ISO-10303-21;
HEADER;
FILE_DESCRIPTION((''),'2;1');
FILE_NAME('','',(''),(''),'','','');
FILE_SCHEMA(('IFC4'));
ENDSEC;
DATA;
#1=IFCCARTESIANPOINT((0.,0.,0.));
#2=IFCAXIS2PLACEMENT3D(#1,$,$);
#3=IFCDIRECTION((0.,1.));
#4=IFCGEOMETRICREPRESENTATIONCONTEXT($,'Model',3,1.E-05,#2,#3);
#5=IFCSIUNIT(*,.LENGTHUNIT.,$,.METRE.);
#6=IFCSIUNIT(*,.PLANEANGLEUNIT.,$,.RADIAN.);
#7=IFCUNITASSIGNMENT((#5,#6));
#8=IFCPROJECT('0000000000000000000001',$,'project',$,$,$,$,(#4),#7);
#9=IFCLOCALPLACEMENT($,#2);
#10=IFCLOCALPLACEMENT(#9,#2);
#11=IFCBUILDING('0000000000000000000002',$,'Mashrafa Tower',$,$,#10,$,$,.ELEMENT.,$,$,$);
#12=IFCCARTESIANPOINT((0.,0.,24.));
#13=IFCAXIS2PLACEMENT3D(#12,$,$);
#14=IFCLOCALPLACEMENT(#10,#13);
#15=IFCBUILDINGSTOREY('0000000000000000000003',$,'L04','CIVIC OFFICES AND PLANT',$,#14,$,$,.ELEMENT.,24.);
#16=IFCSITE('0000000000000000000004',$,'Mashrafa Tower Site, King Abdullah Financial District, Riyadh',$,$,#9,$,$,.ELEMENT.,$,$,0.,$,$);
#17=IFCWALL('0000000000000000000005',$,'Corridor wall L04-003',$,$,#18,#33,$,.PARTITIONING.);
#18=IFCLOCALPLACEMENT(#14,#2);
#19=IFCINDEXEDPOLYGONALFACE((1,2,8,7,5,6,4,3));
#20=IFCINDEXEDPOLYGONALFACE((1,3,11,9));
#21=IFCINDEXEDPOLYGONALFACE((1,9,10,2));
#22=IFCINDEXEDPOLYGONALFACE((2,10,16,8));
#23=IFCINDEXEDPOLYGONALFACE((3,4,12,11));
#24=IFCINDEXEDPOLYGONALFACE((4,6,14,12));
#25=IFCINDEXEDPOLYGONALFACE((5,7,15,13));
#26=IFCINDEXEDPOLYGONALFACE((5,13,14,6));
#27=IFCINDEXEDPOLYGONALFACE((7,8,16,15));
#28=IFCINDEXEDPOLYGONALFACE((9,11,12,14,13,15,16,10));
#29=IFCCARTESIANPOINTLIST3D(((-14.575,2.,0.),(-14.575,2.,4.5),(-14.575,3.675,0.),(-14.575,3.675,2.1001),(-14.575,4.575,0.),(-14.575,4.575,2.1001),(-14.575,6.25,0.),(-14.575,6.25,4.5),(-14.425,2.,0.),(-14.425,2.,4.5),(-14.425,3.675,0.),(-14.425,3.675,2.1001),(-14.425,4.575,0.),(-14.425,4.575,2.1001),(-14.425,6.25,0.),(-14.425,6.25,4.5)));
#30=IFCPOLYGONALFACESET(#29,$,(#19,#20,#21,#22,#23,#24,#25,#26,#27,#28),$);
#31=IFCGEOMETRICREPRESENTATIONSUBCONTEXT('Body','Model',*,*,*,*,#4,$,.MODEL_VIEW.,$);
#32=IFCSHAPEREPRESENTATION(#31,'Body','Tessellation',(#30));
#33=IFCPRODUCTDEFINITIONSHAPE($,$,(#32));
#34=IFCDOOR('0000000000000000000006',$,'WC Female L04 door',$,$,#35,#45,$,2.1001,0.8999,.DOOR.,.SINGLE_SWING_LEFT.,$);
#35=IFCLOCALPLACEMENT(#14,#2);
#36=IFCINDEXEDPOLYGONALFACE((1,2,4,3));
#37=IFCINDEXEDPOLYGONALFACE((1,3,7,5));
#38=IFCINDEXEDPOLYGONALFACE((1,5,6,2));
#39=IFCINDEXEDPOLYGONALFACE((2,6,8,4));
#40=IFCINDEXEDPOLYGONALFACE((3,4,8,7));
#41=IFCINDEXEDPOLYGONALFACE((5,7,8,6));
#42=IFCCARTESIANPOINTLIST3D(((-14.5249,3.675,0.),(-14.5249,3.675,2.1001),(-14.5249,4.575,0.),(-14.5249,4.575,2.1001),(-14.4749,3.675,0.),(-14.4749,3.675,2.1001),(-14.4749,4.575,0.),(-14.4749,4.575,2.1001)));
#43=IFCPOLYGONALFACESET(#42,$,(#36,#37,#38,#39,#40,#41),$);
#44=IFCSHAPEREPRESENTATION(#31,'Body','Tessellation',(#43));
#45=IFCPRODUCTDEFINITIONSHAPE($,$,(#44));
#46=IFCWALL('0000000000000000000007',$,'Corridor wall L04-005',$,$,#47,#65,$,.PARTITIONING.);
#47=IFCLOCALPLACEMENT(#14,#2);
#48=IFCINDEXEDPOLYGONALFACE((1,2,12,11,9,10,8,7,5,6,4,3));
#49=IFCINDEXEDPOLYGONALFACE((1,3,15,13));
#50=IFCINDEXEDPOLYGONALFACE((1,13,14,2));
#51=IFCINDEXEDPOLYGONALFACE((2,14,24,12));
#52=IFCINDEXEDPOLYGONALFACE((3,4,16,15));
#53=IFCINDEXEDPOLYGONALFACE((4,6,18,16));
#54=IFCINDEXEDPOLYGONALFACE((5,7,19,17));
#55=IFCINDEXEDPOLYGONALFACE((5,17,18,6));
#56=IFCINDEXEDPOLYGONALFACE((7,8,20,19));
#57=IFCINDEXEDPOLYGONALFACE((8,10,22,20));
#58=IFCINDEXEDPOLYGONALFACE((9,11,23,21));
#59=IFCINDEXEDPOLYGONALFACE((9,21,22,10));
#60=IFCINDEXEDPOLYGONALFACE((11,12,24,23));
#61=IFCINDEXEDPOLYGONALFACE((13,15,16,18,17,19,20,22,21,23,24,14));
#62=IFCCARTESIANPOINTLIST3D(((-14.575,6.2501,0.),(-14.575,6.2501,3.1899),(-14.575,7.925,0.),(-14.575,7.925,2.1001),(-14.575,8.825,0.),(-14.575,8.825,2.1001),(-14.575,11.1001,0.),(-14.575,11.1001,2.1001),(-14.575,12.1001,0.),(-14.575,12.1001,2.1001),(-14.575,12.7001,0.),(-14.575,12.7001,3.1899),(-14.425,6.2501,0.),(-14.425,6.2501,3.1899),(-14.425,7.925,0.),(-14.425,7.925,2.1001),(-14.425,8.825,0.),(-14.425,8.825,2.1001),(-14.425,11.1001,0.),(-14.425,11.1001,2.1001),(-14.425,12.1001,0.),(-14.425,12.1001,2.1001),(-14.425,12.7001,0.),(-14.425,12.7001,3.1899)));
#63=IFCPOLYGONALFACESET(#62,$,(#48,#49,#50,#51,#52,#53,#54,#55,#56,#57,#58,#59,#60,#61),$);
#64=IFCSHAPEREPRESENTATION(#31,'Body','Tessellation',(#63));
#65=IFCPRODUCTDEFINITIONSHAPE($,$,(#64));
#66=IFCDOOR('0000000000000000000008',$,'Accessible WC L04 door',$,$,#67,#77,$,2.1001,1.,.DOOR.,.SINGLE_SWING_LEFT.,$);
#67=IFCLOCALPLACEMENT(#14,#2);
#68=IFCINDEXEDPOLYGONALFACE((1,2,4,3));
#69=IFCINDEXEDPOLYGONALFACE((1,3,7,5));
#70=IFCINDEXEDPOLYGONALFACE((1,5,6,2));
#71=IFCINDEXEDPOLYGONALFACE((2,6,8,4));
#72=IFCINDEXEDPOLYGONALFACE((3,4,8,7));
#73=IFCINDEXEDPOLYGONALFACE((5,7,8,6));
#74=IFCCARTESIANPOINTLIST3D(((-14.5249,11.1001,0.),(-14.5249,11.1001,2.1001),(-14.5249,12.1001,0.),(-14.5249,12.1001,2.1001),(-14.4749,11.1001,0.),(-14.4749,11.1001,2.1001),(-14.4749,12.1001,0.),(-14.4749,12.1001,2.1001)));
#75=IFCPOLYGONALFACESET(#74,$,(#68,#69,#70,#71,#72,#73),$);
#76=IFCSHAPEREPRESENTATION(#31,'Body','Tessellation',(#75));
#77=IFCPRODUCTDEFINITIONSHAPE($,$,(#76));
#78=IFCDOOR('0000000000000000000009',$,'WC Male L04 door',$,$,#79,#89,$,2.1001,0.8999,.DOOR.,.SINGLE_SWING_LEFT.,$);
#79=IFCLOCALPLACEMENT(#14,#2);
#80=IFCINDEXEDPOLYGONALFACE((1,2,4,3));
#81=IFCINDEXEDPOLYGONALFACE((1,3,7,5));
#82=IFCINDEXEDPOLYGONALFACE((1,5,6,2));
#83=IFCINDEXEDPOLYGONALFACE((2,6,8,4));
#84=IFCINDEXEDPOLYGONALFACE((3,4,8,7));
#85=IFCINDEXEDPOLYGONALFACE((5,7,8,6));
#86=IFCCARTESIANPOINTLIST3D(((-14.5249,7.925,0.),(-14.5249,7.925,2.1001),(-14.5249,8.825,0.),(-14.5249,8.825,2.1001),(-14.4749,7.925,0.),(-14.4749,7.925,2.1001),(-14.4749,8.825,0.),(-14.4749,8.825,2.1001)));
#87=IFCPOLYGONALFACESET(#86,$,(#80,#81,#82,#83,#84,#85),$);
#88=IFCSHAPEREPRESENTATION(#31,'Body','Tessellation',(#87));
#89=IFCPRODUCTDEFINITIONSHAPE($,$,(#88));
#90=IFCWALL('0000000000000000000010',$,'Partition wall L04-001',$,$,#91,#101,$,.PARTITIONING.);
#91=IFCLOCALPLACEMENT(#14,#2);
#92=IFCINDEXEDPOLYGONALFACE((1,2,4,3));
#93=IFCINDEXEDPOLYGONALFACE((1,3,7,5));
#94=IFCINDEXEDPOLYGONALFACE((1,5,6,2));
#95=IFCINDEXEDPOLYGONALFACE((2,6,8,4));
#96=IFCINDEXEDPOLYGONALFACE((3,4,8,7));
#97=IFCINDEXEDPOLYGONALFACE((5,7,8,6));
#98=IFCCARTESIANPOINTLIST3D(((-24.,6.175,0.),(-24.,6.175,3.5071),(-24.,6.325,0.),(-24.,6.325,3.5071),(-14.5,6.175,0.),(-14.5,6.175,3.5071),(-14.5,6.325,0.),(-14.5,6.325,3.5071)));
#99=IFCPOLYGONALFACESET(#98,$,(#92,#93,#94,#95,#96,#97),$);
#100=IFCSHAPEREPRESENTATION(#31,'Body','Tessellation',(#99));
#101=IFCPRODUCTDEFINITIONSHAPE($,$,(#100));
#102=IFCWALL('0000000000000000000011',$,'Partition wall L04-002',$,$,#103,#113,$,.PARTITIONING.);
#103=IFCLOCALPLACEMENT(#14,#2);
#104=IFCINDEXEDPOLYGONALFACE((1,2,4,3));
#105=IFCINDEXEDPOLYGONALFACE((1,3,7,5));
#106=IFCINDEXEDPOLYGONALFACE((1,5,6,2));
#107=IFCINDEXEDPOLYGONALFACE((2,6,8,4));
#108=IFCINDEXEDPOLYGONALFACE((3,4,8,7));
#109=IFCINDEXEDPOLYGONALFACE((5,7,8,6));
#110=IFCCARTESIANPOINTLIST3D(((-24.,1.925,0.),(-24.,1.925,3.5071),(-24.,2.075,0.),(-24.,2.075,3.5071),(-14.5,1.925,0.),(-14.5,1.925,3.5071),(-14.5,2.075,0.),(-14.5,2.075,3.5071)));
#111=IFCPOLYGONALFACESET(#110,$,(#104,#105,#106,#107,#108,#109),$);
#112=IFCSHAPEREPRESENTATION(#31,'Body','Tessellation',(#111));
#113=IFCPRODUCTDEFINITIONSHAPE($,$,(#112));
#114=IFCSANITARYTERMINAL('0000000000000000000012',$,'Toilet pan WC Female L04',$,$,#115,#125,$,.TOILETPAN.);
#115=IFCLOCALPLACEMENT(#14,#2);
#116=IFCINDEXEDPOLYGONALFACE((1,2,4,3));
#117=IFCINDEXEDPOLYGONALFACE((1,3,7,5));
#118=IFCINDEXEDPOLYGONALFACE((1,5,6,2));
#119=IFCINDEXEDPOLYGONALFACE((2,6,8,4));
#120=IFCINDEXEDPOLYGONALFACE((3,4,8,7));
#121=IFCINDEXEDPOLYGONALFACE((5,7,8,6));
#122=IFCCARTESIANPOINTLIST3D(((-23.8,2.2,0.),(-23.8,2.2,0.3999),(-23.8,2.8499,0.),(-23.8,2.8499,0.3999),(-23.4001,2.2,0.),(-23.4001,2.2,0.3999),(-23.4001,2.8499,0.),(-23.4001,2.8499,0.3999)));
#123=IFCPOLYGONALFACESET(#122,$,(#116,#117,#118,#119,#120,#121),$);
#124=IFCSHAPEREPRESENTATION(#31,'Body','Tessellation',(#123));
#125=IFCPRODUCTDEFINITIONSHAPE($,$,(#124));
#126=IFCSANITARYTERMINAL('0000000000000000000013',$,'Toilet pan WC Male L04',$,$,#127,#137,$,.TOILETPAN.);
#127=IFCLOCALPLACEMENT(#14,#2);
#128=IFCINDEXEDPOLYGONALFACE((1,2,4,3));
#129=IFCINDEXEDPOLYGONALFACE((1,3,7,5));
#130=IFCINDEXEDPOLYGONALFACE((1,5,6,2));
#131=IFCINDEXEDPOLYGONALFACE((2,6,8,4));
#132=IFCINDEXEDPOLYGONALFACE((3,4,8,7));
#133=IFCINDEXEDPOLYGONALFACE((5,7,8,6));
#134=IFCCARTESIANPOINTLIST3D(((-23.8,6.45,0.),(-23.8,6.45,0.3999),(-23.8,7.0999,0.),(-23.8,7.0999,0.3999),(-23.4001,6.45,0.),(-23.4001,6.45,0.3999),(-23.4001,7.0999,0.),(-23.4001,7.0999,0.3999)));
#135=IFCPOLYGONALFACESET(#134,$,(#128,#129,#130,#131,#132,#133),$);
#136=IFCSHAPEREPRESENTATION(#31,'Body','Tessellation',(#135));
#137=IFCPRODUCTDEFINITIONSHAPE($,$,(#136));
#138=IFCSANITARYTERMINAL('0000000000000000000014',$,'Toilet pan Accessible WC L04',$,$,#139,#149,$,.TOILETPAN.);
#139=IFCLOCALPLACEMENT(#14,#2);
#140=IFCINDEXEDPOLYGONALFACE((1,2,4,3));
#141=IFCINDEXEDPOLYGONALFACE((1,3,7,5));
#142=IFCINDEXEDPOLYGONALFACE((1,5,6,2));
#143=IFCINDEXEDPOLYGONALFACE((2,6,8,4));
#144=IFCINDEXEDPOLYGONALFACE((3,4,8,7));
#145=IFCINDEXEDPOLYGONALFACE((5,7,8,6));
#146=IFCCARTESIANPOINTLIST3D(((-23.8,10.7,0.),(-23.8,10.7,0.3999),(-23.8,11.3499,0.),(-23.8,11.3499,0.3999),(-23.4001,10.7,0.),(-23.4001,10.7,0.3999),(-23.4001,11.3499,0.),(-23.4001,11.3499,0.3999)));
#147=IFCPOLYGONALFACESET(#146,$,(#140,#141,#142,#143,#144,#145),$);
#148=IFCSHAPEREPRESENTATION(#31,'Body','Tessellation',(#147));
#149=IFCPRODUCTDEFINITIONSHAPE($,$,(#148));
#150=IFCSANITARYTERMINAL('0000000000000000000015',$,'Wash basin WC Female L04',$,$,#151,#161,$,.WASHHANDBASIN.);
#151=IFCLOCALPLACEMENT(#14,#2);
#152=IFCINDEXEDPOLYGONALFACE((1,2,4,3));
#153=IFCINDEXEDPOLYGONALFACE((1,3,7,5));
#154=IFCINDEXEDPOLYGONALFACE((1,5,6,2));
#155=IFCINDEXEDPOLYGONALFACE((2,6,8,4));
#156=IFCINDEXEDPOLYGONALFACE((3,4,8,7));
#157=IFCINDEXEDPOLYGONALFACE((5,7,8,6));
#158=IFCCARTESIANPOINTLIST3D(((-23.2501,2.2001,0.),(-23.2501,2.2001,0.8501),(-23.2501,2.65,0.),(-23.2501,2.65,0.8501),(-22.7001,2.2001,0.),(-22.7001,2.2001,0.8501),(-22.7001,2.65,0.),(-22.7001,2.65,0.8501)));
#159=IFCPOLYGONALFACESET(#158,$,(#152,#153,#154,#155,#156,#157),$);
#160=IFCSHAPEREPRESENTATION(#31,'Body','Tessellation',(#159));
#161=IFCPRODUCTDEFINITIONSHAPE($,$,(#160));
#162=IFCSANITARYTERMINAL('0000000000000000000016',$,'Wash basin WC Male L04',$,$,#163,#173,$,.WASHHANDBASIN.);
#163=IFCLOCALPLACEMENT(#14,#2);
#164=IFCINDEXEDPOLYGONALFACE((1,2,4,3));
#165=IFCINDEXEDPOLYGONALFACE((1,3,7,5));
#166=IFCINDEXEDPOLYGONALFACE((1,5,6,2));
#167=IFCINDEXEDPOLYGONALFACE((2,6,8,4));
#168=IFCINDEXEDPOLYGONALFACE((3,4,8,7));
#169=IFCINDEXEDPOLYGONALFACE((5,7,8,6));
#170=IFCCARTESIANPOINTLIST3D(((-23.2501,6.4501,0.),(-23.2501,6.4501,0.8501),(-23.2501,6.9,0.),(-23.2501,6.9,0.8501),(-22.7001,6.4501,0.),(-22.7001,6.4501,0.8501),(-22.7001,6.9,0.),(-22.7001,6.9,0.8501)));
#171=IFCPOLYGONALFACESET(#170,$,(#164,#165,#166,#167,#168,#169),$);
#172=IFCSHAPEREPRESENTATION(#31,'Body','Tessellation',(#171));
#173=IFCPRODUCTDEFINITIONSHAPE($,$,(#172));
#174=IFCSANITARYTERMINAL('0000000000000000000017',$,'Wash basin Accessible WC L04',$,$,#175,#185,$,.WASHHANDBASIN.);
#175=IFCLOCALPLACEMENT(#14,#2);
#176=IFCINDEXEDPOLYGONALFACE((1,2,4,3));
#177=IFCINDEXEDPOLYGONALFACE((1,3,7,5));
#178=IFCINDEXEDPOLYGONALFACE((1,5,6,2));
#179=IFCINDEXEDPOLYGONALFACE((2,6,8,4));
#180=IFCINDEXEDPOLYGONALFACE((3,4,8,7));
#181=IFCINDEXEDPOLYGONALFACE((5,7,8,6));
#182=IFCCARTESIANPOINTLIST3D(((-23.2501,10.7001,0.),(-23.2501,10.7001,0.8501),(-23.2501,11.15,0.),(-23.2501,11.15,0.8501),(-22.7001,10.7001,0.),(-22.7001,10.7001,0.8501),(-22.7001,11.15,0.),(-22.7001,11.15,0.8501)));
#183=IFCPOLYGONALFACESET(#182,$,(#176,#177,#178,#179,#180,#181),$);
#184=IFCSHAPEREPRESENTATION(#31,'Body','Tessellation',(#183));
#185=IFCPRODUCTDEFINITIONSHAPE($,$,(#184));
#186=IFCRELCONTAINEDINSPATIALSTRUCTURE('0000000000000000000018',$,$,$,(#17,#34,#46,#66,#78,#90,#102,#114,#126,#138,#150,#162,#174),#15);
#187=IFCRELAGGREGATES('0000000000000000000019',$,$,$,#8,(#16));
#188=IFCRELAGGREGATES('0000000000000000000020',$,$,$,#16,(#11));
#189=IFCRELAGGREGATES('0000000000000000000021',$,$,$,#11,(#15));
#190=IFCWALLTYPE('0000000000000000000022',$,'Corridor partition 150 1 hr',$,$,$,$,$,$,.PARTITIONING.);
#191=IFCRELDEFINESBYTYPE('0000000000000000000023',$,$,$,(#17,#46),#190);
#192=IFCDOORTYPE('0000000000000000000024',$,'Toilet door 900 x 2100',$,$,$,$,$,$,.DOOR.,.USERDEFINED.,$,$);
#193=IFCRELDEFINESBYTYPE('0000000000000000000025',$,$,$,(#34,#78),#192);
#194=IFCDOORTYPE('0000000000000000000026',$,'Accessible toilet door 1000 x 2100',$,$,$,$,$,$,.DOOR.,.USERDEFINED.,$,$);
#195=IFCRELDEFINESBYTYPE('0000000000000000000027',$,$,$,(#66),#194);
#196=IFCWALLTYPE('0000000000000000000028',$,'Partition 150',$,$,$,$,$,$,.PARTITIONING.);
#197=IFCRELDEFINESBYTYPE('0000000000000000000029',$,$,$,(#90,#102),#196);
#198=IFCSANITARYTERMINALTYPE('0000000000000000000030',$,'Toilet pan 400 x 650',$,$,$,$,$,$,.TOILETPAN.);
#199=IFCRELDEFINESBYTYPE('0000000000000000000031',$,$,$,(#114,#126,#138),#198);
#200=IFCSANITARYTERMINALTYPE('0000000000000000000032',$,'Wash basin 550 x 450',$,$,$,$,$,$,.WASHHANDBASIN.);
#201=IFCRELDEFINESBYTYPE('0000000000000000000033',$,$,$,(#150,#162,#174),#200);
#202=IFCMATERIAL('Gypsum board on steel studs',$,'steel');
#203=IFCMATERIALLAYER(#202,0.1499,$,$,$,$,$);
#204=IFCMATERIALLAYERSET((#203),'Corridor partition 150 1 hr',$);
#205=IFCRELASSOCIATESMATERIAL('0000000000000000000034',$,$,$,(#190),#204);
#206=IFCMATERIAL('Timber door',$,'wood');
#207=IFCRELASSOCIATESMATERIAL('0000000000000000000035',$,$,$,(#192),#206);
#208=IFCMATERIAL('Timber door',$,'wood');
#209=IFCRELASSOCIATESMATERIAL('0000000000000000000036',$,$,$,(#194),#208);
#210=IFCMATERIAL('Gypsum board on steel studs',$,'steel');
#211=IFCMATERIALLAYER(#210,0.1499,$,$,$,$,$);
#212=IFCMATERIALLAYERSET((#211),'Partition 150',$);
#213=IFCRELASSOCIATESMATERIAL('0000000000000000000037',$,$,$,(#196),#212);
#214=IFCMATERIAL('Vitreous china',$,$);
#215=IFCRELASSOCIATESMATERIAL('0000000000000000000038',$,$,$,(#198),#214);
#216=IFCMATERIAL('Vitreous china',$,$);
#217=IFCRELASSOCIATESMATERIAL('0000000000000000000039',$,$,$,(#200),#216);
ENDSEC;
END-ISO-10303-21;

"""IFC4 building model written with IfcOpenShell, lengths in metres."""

from ifc_helpers import new_model, si_unit, direction, frame, frame_2d, origin, origin_2d, place, context, subcontext, project, spatial, rectangle, extrude, material, layer, layer_set, type_object, element, fill, save


model = new_model("IFC4")

# Units and contexts
model_context = context("Model", 3, precision=1e-05, world=origin(), true_north=direction((0.0, 1.0)))
body_context = subcontext(model_context, "Body", "Model", "MODEL_VIEW")
ifc_project = project(units=[si_unit("LENGTHUNIT", "METRE"), si_unit("PLANEANGLEUNIT", "RADIAN")], contexts=[model_context])

# Site, building, storey
site_placement = place(None, origin())
site = spatial("IfcSite", under=ifc_project, at=site_placement, Name="Mashrafa Tower Site, King Abdullah Financial District, Riyadh", CompositionType="ELEMENT", RefElevation=0.0)
building_placement = place(site_placement, origin())
building = spatial("IfcBuilding", under=site, at=building_placement, Name="Mashrafa Tower", CompositionType="ELEMENT")
storey_placement = place(building_placement, frame((0.0, 0.0, 24.0)))
storey = spatial("IfcBuildingStorey", under=building, at=storey_placement, Name="L04", Description="CIVIC OFFICES AND PLANT", CompositionType="ELEMENT", Elevation=24.0)

# Wall, opening, door
ifc_material_1 = material(Name="Gypsum board on steel studs", Category="steel")
ifc_layer_1 = layer(ifc_material_1, 0.1499)
ifc_layer_set_1 = layer_set([ifc_layer_1], Name="Corridor partition 150 1 hr")
wall_type_1 = type_object("IfcWallType", Name="Corridor partition 150 1 hr", PredefinedType="PARTITIONING", material=ifc_layer_set_1)
wall_1_placement = place(storey_placement, frame((-14.5, 2.0, 0.0), z_axis=(0.0, 0.0, 1.0), x_axis=(0.0, 1.0, 0.0)))
wall_1 = element("IfcWall", 1, at=wall_1_placement, inside=storey, type_object=wall_type_1, Name="Corridor wall L04-003", PredefinedType="PARTITIONING", context=body_context, shape_type="SweptSolid", body=[
    extrude(rectangle(XDim=4.25, YDim=0.1499, at=frame_2d((2.125, 0.0))), origin(), (0.0, 0.0, 1.0), 4.5),
])
opening_1_placement = place(wall_1_placement, frame((1.675, 0.0, 0.0)))
opening_1 = element("IfcOpeningElement", 2, at=opening_1_placement, cuts=wall_1, PredefinedType="OPENING", context=body_context, shape_type="SweptSolid", body=[
    extrude(rectangle(XDim=0.8999, YDim=2.1001, at=frame_2d((0.45, 1.05))), frame((0.0, 0.085, 0.0), z_axis=(0.0, -1.0, 0.0), x_axis=(1.0, 0.0, 0.0)), (0.0, 0.0, 1.0), 0.1699),
])
ifc_material_2 = material(Name="Timber door", Category="wood")
door_type_1 = type_object("IfcDoorType", Name="Toilet door 900 x 2100", OperationType="USERDEFINED", PredefinedType="DOOR", material=ifc_material_2)
door_1_placement = place(opening_1_placement, origin())
door_1 = element("IfcDoor", 3, at=door_1_placement, inside=storey, type_object=door_type_1, Name="WC Female L04 door", OperationType="SINGLE_SWING_LEFT", OverallHeight=2.1001, OverallWidth=0.8999, PredefinedType="DOOR", context=body_context, shape_type="SweptSolid", body=[
    extrude(rectangle(XDim=0.8999, YDim=2.1001, at=frame_2d((0.45, 1.05))), frame((0.0, 0.0249, 0.0), z_axis=(0.0, -1.0, 0.0), x_axis=(1.0, 0.0, 0.0)), (0.0, 0.0, 1.0), 0.05),
])
fill(opening_1, door_1)

# Wall, openings, doors
wall_2_placement = place(storey_placement, frame((-14.5, 6.25, 0.0), z_axis=(0.0, 0.0, 1.0), x_axis=(0.0, 1.0, 0.0)))
wall_2 = element("IfcWall", 4, at=wall_2_placement, inside=storey, type_object=wall_type_1, Name="Corridor wall L04-005", PredefinedType="PARTITIONING", context=body_context, shape_type="SweptSolid", body=[
    extrude(rectangle(XDim=6.45, YDim=0.1499, at=frame_2d((3.2251, 0.0))), origin(), (0.0, 0.0, 1.0), 3.1899),
])
opening_2_placement = place(wall_2_placement, frame((1.675, 0.0, 0.0)))
opening_2 = element("IfcOpeningElement", 5, at=opening_2_placement, cuts=wall_2, PredefinedType="OPENING", context=body_context, shape_type="SweptSolid", body=[
    extrude(rectangle(XDim=0.8999, YDim=2.1001, at=frame_2d((0.45, 1.05))), frame((0.0, 0.085, 0.0), z_axis=(0.0, -1.0, 0.0), x_axis=(1.0, 0.0, 0.0)), (0.0, 0.0, 1.0), 0.1699),
])
opening_3_placement = place(wall_2_placement, frame((4.8501, 0.0, 0.0)))
opening_3 = element("IfcOpeningElement", 6, at=opening_3_placement, cuts=wall_2, PredefinedType="OPENING", context=body_context, shape_type="SweptSolid", body=[
    extrude(rectangle(XDim=1.0, YDim=2.1001, at=frame_2d((0.5, 1.05))), frame((0.0, 0.085, 0.0), z_axis=(0.0, -1.0, 0.0), x_axis=(1.0, 0.0, 0.0)), (0.0, 0.0, 1.0), 0.1699),
])
ifc_material_3 = material(Name="Timber door", Category="wood")
door_type_2 = type_object("IfcDoorType", Name="Accessible toilet door 1000 x 2100", OperationType="USERDEFINED", PredefinedType="DOOR", material=ifc_material_3)
door_2_placement = place(opening_3_placement, origin())
door_2 = element("IfcDoor", 7, at=door_2_placement, inside=storey, type_object=door_type_2, Name="Accessible WC L04 door", OperationType="SINGLE_SWING_LEFT", OverallHeight=2.1001, OverallWidth=1.0, PredefinedType="DOOR", context=body_context, shape_type="SweptSolid", body=[
    extrude(rectangle(XDim=1.0, YDim=2.1001, at=frame_2d((0.5, 1.05))), frame((0.0, 0.0249, 0.0), z_axis=(0.0, -1.0, 0.0), x_axis=(1.0, 0.0, 0.0)), (0.0, 0.0, 1.0), 0.05),
])
fill(opening_3, door_2)
door_3_placement = place(opening_2_placement, origin())
door_3 = element("IfcDoor", 8, at=door_3_placement, inside=storey, type_object=door_type_1, Name="WC Male L04 door", OperationType="SINGLE_SWING_LEFT", OverallHeight=2.1001, OverallWidth=0.8999, PredefinedType="DOOR", context=body_context, shape_type="SweptSolid", body=[
    extrude(rectangle(XDim=0.8999, YDim=2.1001, at=frame_2d((0.45, 1.05))), frame((0.0, 0.0249, 0.0), z_axis=(0.0, -1.0, 0.0), x_axis=(1.0, 0.0, 0.0)), (0.0, 0.0, 1.0), 0.05),
])
fill(opening_2, door_3)

# Walls
ifc_material_4 = material(Name="Gypsum board on steel studs", Category="steel")
ifc_layer_2 = layer(ifc_material_4, 0.1499)
ifc_layer_set_2 = layer_set([ifc_layer_2], Name="Partition 150")
wall_type_2 = type_object("IfcWallType", Name="Partition 150", PredefinedType="PARTITIONING", material=ifc_layer_set_2)
for number, where, z_axis, x_axis, name in (
    (9, (-14.5, 6.25, 0.0), (0.0, 0.0, 1.0), (-1.0, 0.0, 0.0), "Partition wall L04-001"),
    (10, (-24.0, 2.0, 0.0), (0.0, 0.0, 1.0), (1.0, 0.0, 0.0), "Partition wall L04-002"),
):
    element("IfcWall", number, at=place(storey_placement, frame(where, z_axis=z_axis, x_axis=x_axis)), inside=storey, type_object=wall_type_2, Name=name, PredefinedType="PARTITIONING", context=body_context, shape_type="SweptSolid", body=[
        extrude(rectangle(XDim=9.5, YDim=0.1499, at=frame_2d((4.75, 0.0))), origin(), (0.0, 0.0, 1.0), 3.5071),
    ])

# Sanitary terminals
ifc_material_5 = material(Name="Vitreous china")
sanitary_terminal_type_1 = type_object("IfcSanitaryTerminalType", Name="Toilet pan 400 x 650", PredefinedType="TOILETPAN", material=ifc_material_5)
for number, where, z_axis, x_axis, name in (
    (11, (-23.6001, 2.5249, 0.0), (0.0, 0.0, 1.0), (1.0, 0.0, 0.0), "Toilet pan WC Female L04"),
    (12, (-23.6001, 6.7749, 0.0), (0.0, 0.0, 1.0), (1.0, 0.0, 0.0), "Toilet pan WC Male L04"),
    (13, (-23.6001, 11.0249, 0.0), (0.0, 0.0, 1.0), (1.0, 0.0, 0.0), "Toilet pan Accessible WC L04"),
):
    element("IfcSanitaryTerminal", number, at=place(storey_placement, frame(where, z_axis=z_axis, x_axis=x_axis)), inside=storey, type_object=sanitary_terminal_type_1, Name=name, PredefinedType="TOILETPAN", context=body_context, shape_type="SweptSolid", body=[
        extrude(rectangle(XDim=0.3999, YDim=0.6499, at=origin_2d()), origin(), (0.0, 0.0, 1.0), 0.3999),
    ])
ifc_material_6 = material(Name="Vitreous china")
sanitary_terminal_type_2 = type_object("IfcSanitaryTerminalType", Name="Wash basin 550 x 450", PredefinedType="WASHHANDBASIN", material=ifc_material_6)
for number, where, z_axis, x_axis, name in (
    (14, (-22.9751, 2.425, 0.0), (0.0, 0.0, 1.0), (1.0, 0.0, 0.0), "Wash basin WC Female L04"),
    (15, (-22.9751, 6.675, 0.0), (0.0, 0.0, 1.0), (1.0, 0.0, 0.0), "Wash basin WC Male L04"),
    (16, (-22.9751, 10.925, 0.0), (0.0, 0.0, 1.0), (1.0, 0.0, 0.0), "Wash basin Accessible WC L04"),
):
    element("IfcSanitaryTerminal", number, at=place(storey_placement, frame(where, z_axis=z_axis, x_axis=x_axis)), inside=storey, type_object=sanitary_terminal_type_2, Name=name, PredefinedType="WASHHANDBASIN", context=body_context, shape_type="SweptSolid", body=[
        extrude(rectangle(XDim=0.55, YDim=0.45, at=origin_2d()), origin(), (0.0, 0.0, 1.0), 0.8501),
    ])

save(model, "model.ifc")
